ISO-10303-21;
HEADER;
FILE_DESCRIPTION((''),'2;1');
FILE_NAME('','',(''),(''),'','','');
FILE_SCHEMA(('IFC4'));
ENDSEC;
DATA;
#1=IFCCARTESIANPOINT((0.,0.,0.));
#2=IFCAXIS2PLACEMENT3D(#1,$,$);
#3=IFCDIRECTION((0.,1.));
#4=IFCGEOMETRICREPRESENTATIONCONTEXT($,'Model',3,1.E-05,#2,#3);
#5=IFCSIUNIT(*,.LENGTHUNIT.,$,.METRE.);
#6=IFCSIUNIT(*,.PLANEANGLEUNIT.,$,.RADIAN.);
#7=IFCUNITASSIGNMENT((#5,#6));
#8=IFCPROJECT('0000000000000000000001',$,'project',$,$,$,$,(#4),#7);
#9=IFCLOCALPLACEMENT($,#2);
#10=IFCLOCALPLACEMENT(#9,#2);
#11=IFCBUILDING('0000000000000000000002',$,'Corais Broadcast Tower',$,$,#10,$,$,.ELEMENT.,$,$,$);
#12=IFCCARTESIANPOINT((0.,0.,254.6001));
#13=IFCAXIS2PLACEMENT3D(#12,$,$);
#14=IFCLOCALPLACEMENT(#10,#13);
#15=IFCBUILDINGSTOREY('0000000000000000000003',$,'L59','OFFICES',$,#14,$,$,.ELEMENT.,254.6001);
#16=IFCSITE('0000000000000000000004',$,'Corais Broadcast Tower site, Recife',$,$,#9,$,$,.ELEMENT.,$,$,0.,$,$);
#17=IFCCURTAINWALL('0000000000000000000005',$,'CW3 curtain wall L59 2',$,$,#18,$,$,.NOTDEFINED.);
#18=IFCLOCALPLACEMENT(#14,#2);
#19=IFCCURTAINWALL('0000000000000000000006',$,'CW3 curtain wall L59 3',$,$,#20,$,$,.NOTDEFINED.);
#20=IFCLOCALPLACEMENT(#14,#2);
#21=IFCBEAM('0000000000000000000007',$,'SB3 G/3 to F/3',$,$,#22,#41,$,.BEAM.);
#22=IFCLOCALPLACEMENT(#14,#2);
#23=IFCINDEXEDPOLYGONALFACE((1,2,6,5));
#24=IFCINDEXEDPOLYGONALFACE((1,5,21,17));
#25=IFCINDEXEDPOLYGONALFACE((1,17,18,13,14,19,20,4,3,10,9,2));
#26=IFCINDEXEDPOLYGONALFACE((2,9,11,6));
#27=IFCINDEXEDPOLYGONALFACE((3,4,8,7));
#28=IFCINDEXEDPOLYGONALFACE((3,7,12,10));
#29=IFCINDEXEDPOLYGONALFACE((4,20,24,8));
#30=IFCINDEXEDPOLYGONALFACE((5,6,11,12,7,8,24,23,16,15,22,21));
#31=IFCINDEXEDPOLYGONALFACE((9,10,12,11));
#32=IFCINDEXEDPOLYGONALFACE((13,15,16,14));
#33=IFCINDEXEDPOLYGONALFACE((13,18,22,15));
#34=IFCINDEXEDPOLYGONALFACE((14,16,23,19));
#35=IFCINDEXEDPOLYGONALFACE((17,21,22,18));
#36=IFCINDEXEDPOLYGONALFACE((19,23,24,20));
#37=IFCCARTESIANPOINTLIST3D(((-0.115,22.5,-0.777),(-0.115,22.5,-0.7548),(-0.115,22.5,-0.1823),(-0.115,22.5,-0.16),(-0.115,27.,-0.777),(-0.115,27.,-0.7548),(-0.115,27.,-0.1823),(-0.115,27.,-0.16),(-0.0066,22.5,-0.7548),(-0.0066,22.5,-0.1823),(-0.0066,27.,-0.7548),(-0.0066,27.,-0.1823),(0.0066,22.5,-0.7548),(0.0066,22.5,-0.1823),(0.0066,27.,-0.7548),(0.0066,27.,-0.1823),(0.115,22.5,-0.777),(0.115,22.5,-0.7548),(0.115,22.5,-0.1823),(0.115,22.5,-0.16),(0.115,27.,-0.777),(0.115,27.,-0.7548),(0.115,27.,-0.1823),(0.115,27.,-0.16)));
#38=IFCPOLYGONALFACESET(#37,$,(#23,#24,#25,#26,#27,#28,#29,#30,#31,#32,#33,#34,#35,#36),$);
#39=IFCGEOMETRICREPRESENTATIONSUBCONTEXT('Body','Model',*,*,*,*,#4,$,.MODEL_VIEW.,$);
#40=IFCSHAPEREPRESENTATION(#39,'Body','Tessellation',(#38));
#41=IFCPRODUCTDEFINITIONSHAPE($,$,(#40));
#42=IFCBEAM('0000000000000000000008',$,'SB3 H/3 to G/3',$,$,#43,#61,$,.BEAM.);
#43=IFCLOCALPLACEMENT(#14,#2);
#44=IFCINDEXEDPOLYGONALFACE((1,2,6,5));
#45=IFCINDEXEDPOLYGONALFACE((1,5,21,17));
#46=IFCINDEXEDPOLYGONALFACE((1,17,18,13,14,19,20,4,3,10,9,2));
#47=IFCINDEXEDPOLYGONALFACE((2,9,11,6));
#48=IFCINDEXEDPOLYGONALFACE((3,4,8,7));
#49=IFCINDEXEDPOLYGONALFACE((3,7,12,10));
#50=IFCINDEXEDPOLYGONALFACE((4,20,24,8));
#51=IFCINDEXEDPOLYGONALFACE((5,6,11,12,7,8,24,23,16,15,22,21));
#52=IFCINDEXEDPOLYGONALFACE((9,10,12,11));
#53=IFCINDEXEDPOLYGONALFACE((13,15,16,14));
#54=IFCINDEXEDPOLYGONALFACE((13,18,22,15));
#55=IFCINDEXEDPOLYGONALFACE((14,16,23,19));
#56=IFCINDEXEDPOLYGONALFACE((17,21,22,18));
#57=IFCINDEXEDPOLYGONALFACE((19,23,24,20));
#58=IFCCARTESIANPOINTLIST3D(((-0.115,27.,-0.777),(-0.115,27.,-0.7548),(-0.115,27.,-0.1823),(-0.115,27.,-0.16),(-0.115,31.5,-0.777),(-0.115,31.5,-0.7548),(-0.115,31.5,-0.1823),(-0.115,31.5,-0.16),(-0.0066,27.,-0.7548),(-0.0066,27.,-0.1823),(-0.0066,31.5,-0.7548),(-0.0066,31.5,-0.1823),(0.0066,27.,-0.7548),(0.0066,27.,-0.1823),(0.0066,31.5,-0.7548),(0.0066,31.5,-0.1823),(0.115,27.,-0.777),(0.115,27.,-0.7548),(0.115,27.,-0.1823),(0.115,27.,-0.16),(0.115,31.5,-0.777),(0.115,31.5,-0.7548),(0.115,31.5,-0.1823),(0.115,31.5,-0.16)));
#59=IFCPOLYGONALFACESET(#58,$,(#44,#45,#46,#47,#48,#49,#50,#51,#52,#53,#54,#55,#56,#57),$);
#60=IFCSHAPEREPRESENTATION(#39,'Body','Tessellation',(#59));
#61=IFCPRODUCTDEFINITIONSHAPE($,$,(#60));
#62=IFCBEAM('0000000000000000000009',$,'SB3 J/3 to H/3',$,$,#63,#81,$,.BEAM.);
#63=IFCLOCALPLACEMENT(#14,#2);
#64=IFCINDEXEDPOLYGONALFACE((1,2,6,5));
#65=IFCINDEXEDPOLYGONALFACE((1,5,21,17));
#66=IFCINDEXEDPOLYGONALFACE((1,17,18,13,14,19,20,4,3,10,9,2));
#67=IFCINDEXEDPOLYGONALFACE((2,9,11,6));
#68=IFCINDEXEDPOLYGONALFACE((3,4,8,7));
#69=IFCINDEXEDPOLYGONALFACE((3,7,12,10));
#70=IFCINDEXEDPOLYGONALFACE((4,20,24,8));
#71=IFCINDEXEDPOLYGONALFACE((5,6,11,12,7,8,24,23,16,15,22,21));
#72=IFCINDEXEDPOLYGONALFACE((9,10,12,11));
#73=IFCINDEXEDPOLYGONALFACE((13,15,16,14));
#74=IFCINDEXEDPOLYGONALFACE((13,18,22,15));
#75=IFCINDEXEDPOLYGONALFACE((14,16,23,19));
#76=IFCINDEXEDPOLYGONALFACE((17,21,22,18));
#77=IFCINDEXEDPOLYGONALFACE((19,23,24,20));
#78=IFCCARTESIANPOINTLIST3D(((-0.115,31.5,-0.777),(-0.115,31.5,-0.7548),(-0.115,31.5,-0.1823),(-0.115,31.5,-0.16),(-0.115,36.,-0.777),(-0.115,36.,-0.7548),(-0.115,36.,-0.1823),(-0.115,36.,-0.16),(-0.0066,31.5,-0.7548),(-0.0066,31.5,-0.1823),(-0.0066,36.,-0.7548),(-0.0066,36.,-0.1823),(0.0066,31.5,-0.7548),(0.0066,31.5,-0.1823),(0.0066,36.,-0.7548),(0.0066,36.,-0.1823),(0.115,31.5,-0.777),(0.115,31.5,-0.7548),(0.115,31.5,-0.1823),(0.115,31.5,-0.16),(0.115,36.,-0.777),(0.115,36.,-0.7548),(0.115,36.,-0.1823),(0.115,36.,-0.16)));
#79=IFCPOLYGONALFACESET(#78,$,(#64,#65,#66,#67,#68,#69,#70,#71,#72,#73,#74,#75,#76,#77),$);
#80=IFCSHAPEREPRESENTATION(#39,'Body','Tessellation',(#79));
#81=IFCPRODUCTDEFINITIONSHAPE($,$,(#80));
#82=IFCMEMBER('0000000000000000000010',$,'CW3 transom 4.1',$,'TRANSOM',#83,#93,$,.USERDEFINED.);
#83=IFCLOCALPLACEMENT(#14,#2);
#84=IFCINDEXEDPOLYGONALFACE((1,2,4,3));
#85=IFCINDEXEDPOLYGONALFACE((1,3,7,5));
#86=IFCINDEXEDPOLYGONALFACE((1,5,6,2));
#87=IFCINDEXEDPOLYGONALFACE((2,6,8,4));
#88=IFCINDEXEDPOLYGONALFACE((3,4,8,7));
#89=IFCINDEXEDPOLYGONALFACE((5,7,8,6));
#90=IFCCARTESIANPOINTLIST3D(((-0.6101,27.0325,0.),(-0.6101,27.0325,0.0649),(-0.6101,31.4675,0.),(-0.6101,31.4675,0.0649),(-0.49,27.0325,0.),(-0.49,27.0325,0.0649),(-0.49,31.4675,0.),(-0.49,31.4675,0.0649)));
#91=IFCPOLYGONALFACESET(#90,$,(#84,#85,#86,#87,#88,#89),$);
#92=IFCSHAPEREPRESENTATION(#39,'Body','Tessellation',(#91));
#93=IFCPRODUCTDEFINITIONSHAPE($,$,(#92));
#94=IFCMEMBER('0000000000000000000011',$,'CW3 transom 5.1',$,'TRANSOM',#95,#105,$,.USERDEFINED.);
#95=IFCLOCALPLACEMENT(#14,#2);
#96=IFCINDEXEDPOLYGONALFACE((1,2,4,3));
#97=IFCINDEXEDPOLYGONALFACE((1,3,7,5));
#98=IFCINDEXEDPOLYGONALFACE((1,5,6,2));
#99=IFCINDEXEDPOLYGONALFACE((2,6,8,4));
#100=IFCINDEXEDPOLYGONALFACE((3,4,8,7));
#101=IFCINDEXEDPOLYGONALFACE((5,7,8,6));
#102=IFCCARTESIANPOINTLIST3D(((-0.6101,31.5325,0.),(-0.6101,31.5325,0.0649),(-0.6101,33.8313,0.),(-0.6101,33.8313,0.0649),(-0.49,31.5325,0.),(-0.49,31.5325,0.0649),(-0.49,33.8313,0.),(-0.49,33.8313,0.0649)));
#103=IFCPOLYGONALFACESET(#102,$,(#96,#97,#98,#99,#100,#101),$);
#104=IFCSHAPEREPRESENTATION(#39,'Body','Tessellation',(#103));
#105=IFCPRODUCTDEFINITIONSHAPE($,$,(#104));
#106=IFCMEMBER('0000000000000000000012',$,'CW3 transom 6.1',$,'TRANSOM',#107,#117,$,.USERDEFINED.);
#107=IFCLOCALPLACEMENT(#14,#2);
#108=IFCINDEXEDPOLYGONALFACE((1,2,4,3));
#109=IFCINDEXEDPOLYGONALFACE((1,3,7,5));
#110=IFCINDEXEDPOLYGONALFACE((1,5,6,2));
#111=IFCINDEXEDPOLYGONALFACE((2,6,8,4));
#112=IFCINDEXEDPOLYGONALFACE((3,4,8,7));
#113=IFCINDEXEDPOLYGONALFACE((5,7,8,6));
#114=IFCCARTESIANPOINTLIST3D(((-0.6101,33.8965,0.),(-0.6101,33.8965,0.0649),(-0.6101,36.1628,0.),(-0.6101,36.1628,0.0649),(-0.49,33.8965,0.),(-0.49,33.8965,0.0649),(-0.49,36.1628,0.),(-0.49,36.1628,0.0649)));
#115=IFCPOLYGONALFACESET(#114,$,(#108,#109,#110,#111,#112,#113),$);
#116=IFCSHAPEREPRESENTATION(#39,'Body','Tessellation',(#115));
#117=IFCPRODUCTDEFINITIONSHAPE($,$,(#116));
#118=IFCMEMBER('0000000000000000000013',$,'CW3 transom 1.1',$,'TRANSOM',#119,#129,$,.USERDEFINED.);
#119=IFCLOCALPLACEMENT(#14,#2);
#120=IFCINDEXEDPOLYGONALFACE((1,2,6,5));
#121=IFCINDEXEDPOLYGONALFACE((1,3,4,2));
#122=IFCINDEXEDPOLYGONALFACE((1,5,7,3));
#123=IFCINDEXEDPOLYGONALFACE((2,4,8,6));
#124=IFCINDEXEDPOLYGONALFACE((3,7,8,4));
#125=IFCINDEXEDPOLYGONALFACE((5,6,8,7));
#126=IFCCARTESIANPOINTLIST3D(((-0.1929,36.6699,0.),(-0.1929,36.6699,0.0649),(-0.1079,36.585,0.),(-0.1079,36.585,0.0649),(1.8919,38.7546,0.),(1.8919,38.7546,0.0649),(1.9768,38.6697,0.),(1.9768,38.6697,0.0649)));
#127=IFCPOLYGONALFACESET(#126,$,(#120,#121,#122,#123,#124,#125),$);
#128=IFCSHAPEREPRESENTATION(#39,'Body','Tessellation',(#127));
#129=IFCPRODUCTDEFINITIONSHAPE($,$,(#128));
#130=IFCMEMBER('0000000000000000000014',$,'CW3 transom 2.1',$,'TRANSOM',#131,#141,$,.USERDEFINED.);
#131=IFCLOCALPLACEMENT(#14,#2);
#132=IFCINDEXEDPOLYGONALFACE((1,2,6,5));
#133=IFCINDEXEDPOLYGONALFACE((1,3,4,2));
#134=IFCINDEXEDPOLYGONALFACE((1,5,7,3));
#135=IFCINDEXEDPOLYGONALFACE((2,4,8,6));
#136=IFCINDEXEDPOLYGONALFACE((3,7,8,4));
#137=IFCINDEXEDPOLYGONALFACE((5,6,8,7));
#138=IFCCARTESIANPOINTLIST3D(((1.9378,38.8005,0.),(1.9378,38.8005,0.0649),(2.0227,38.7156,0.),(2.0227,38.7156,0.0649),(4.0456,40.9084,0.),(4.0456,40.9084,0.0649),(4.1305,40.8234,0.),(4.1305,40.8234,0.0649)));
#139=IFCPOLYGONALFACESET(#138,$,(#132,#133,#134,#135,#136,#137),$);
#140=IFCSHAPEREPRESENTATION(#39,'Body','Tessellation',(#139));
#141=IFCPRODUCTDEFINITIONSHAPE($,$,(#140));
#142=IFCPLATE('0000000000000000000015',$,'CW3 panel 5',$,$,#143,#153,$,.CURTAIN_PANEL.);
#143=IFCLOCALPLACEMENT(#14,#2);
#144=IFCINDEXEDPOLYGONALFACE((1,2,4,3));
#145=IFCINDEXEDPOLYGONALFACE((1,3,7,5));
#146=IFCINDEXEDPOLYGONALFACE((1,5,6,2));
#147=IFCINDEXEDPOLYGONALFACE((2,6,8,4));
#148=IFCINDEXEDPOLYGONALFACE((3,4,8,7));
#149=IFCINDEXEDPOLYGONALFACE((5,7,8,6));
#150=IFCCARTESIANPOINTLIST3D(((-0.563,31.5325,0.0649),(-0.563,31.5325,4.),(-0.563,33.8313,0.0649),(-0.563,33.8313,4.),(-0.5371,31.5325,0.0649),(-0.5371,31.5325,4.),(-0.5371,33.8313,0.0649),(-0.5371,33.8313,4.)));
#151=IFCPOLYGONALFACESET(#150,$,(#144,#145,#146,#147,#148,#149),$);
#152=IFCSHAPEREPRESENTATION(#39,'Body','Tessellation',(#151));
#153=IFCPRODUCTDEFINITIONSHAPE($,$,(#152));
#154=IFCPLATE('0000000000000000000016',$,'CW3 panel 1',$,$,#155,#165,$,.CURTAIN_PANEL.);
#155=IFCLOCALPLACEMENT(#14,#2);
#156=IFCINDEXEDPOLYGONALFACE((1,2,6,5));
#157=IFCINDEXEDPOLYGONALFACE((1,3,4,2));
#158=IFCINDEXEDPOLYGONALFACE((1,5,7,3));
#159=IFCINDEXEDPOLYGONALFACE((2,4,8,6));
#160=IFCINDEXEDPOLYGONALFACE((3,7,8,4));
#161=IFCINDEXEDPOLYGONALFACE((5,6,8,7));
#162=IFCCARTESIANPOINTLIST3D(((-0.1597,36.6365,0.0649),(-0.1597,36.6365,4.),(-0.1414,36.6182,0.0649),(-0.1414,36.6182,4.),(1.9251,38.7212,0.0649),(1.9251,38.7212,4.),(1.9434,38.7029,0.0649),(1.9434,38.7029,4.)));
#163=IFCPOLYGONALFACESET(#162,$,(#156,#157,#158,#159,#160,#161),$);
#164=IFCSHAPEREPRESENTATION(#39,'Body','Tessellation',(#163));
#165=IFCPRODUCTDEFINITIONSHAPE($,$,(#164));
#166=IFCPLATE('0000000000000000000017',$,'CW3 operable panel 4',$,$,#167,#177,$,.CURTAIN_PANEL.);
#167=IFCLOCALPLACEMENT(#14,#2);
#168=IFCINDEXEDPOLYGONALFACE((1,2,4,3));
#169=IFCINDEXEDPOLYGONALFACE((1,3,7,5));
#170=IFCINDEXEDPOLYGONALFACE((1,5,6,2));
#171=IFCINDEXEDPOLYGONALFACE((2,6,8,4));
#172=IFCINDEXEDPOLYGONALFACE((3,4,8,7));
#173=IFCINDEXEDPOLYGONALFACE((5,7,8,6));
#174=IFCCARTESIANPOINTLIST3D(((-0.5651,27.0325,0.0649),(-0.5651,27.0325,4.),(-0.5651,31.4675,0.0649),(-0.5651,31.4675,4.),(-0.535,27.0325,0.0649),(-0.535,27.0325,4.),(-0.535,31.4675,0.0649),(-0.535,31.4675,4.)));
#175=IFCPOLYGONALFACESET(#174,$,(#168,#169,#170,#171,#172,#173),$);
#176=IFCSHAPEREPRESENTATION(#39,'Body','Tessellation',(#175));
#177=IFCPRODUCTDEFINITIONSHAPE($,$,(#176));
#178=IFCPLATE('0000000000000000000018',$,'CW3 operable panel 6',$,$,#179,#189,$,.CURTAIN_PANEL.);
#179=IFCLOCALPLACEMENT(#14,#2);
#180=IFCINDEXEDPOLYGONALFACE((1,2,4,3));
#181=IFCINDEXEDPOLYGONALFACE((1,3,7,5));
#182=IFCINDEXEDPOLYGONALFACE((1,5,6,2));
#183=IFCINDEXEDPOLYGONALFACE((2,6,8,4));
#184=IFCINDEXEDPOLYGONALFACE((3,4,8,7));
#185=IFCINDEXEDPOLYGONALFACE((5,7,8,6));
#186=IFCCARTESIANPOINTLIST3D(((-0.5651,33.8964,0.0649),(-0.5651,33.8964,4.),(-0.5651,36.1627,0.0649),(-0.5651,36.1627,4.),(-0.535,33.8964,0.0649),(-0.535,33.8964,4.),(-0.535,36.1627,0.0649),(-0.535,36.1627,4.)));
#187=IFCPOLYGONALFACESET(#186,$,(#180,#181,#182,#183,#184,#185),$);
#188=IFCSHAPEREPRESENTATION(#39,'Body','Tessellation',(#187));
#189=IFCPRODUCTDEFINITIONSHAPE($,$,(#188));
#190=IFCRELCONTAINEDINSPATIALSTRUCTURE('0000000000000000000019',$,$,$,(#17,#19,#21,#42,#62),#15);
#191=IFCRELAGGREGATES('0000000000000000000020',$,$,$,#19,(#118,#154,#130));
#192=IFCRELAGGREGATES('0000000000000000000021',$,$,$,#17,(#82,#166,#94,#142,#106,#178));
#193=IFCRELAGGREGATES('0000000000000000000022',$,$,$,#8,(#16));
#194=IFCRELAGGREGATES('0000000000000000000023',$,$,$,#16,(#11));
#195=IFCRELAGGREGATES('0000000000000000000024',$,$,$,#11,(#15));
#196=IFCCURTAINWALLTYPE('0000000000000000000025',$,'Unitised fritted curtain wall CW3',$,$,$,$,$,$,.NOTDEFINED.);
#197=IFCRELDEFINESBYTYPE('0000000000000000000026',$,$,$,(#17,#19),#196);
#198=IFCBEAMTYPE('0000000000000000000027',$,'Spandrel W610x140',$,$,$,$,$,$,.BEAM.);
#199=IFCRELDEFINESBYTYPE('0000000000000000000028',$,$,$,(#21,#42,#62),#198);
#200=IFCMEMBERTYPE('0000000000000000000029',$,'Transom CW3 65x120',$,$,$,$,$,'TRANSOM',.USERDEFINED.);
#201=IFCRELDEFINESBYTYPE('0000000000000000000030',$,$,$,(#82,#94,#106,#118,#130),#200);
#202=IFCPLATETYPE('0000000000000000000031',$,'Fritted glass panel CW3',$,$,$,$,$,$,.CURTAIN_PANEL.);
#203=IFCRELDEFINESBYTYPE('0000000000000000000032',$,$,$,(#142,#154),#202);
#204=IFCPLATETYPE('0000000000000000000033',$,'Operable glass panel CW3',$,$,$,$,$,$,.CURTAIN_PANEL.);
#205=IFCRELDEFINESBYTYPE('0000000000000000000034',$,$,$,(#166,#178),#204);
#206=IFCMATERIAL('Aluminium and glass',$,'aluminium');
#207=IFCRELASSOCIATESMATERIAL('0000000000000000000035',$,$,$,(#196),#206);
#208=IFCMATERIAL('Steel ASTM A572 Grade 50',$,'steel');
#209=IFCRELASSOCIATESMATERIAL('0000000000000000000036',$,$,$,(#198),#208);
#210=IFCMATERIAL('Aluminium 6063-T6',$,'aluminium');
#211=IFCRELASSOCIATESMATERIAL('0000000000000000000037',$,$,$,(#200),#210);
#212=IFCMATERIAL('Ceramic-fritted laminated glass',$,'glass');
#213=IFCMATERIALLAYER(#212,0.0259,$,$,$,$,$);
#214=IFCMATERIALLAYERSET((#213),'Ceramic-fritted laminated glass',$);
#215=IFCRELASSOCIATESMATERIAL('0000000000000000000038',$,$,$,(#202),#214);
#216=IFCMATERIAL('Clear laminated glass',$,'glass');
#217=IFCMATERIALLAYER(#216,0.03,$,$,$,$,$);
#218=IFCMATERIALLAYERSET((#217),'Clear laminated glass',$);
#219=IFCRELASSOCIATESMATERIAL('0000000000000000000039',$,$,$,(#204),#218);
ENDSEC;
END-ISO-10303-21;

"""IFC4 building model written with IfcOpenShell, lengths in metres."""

from ifc_helpers import new_model, si_unit, direction, frame, origin, origin_2d, place, context, subcontext, project, spatial, rectangle, i_section, extrude, material, layer, layer_set, material_profile, profile_set, type_object, element, aggregate, save


model = new_model("IFC4")

# Units and contexts
model_context = context("Model", 3, precision=1e-05, world=origin(), true_north=direction((0.0, 1.0)))
body_context = subcontext(model_context, "Body", "Model", "MODEL_VIEW")
ifc_project = project(units=[si_unit("LENGTHUNIT", "METRE"), si_unit("PLANEANGLEUNIT", "RADIAN")], contexts=[model_context])

# Site, building, storey
site_placement = place(None, origin())
site = spatial("IfcSite", under=ifc_project, at=site_placement, Name="Corais Broadcast Tower site, Recife", CompositionType="ELEMENT", RefElevation=0.0)
building_placement = place(site_placement, origin())
building = spatial("IfcBuilding", under=site, at=building_placement, Name="Corais Broadcast Tower", CompositionType="ELEMENT")
storey_placement = place(building_placement, frame((0.0, 0.0, 254.6001)))
storey = spatial("IfcBuildingStorey", under=building, at=storey_placement, Name="L59", Description="OFFICES", CompositionType="ELEMENT", Elevation=254.6001)

# Curtain walls
ifc_material_1 = material(Name="Aluminium and glass", Category="aluminium")
curtain_wall_type = type_object("IfcCurtainWallType", Name="Unitised fritted curtain wall CW3", PredefinedType="NOTDEFINED", material=ifc_material_1)
curtain_wall_1_placement = place(storey_placement, origin())
curtain_wall_1 = element("IfcCurtainWall", 1, at=curtain_wall_1_placement, inside=storey, type_object=curtain_wall_type, Name="CW3 curtain wall L59 2", PredefinedType="NOTDEFINED")
curtain_wall_2_placement = place(storey_placement, origin())
curtain_wall_2 = element("IfcCurtainWall", 2, at=curtain_wall_2_placement, inside=storey, type_object=curtain_wall_type, Name="CW3 curtain wall L59 3", PredefinedType="NOTDEFINED")

# Beams
ifc_material_2 = material(Name="Steel ASTM A572 Grade 50", Category="steel")
ifc_material_profile_1 = material_profile(ifc_material_2, i_section(OverallWidth=0.23, OverallDepth=0.6169, WebThickness=0.0132, FlangeThickness=0.0222, at=origin_2d()), Name="W610x140")
ifc_profile_set_1 = profile_set([ifc_material_profile_1], Name="Steel ASTM A572 Grade 50")
beam_type_1 = type_object("IfcBeamType", Name="Spandrel W610x140", PredefinedType="BEAM", material=ifc_profile_set_1)
for number, where, z_axis, x_axis, name in (
    (3, (0.0, 27.0, -0.4685), (0.0, -1.0, 0.0), (1.0, 0.0, 0.0), "SB3 G/3 to F/3"),
    (4, (0.0, 31.5, -0.4685), (0.0, -1.0, 0.0), (1.0, 0.0, 0.0), "SB3 H/3 to G/3"),
    (5, (0.0, 36.0, -0.4685), (0.0, -1.0, 0.0), (1.0, 0.0, 0.0), "SB3 J/3 to H/3"),
):
    element("IfcBeam", number, at=place(storey_placement, frame(where, z_axis=z_axis, x_axis=x_axis)), inside=storey, type_object=beam_type_1, Name=name, PredefinedType="BEAM", context=body_context, shape_type="SweptSolid", body=[
        extrude(i_section(OverallWidth=0.23, OverallDepth=0.6169, WebThickness=0.0132, FlangeThickness=0.0222, at=origin_2d()), origin(), (0.0, 0.0, 1.0), 4.5),
    ])

# Members
ifc_material_3 = material(Name="Aluminium 6063-T6", Category="aluminium")
ifc_material_profile_2 = material_profile(ifc_material_3, rectangle(XDim=0.1201, YDim=0.0649, at=origin_2d()), Name="Transom CW3 65x120")
ifc_profile_set_2 = profile_set([ifc_material_profile_2], Name="Aluminium 6063-T6")
member_type_1 = type_object("IfcMemberType", Name="Transom CW3 65x120", ElementType="TRANSOM", PredefinedType="USERDEFINED", material=ifc_profile_set_2)
member_1_placement = place(storey_placement, frame((-0.55, 27.0325, 0.0325), z_axis=(0.0, 1.0, 0.0), x_axis=(-1.0, 0.0, 0.0)))
member_1 = element("IfcMember", 6, at=member_1_placement, type_object=member_type_1, Name="CW3 transom 4.1", ObjectType="TRANSOM", PredefinedType="USERDEFINED", context=body_context, shape_type="SweptSolid", body=[
    extrude(rectangle(XDim=0.1201, YDim=0.0649, at=origin_2d()), origin(), (0.0, 0.0, 1.0), 4.4351),
])
member_2_placement = place(storey_placement, frame((-0.55, 31.5325, 0.0325), z_axis=(0.0, 1.0, 0.0), x_axis=(-1.0, 0.0, 0.0)))
member_2 = element("IfcMember", 7, at=member_2_placement, type_object=member_type_1, Name="CW3 transom 5.1", ObjectType="TRANSOM", PredefinedType="USERDEFINED", context=body_context, shape_type="SweptSolid", body=[
    extrude(rectangle(XDim=0.1201, YDim=0.0649, at=origin_2d()), origin(), (0.0, 0.0, 1.0), 2.2988),
])
member_3_placement = place(storey_placement, frame((-0.55, 33.8965, 0.0325), z_axis=(0.0, 1.0, 0.0), x_axis=(-1.0, 0.0, 0.0)))
member_3 = element("IfcMember", 8, at=member_3_placement, type_object=member_type_1, Name="CW3 transom 6.1", ObjectType="TRANSOM", PredefinedType="USERDEFINED", context=body_context, shape_type="SweptSolid", body=[
    extrude(rectangle(XDim=0.1201, YDim=0.0649, at=origin_2d()), origin(), (0.0, 0.0, 1.0), 2.2664),
])
member_4_placement = place(storey_placement, frame((-0.1504, 36.6274, 0.0325), z_axis=(0.707107, 0.707107, 0.0), x_axis=(-0.707107, 0.707107, 0.0)))
member_4 = element("IfcMember", 9, at=member_4_placement, type_object=member_type_1, Name="CW3 transom 1.1", ObjectType="TRANSOM", PredefinedType="USERDEFINED", context=body_context, shape_type="SweptSolid", body=[
    extrude(rectangle(XDim=0.1201, YDim=0.0649, at=origin_2d()), origin(), (0.0, 0.0, 1.0), 2.9482),
])
member_5_placement = place(storey_placement, frame((1.9802, 38.7581, 0.0325), z_axis=(0.707107, 0.707107, 0.0), x_axis=(-0.707107, 0.707107, 0.0)))
member_5 = element("IfcMember", 10, at=member_5_placement, type_object=member_type_1, Name="CW3 transom 2.1", ObjectType="TRANSOM", PredefinedType="USERDEFINED", context=body_context, shape_type="SweptSolid", body=[
    extrude(rectangle(XDim=0.1201, YDim=0.0649, at=origin_2d()), origin(), (0.0, 0.0, 1.0), 2.981),
])

# Plates
ifc_material_4 = material(Name="Ceramic-fritted laminated glass", Category="glass")
ifc_layer_1 = layer(ifc_material_4, 0.0259)
ifc_layer_set_1 = layer_set([ifc_layer_1], Name="Ceramic-fritted laminated glass")
plate_type_1 = type_object("IfcPlateType", Name="Fritted glass panel CW3", PredefinedType="CURTAIN_PANEL", material=ifc_layer_set_1)
plate_1_placement = place(storey_placement, frame((-0.55, 32.6819, 0.0649), z_axis=(0.0, 0.0, 1.0), x_axis=(0.0, 1.0, 0.0)))
plate_1 = element("IfcPlate", 11, at=plate_1_placement, type_object=plate_type_1, Name="CW3 panel 5", PredefinedType="CURTAIN_PANEL", context=body_context, shape_type="SweptSolid", body=[
    extrude(rectangle(XDim=2.2988, YDim=0.0259, at=origin_2d()), origin(), (0.0, 0.0, 1.0), 3.9351),
])
plate_2_placement = place(storey_placement, frame((0.8918, 37.6697, 0.0649), z_axis=(0.0, 0.0, 1.0), x_axis=(0.707107, 0.707107, 0.0)))
plate_2 = element("IfcPlate", 12, at=plate_2_placement, type_object=plate_type_1, Name="CW3 panel 1", PredefinedType="CURTAIN_PANEL", context=body_context, shape_type="SweptSolid", body=[
    extrude(rectangle(XDim=2.9482, YDim=0.0259, at=origin_2d()), origin(), (0.0, 0.0, 1.0), 3.9351),
])
aggregate(curtain_wall_2, [member_4, plate_2, member_5])
ifc_material_5 = material(Name="Clear laminated glass", Category="glass")
ifc_layer_2 = layer(ifc_material_5, 0.03)
ifc_layer_set_2 = layer_set([ifc_layer_2], Name="Clear laminated glass")
plate_type_2 = type_object("IfcPlateType", Name="Operable glass panel CW3", PredefinedType="CURTAIN_PANEL", material=ifc_layer_set_2)
plate_3_placement = place(storey_placement, frame((-0.55, 29.25, 0.0649), z_axis=(0.0, 0.0, 1.0), x_axis=(0.0, 1.0, 0.0)))
plate_3 = element("IfcPlate", 13, at=plate_3_placement, type_object=plate_type_2, Name="CW3 operable panel 4", PredefinedType="CURTAIN_PANEL", context=body_context, shape_type="SweptSolid", body=[
    extrude(rectangle(XDim=4.4351, YDim=0.03, at=origin_2d()), origin(), (0.0, 0.0, 1.0), 3.9351),
])
plate_4_placement = place(storey_placement, frame((-0.55, 35.0295, 0.0649), z_axis=(0.0, 0.0, 1.0), x_axis=(0.0, 1.0, 0.0)))
plate_4 = element("IfcPlate", 14, at=plate_4_placement, type_object=plate_type_2, Name="CW3 operable panel 6", PredefinedType="CURTAIN_PANEL", context=body_context, shape_type="SweptSolid", body=[
    extrude(rectangle(XDim=2.2664, YDim=0.03, at=origin_2d()), origin(), (0.0, 0.0, 1.0), 3.9351),
])
aggregate(curtain_wall_1, [member_1, plate_3, member_2, plate_1, member_3, plate_4])

save(model, "model.ifc")
